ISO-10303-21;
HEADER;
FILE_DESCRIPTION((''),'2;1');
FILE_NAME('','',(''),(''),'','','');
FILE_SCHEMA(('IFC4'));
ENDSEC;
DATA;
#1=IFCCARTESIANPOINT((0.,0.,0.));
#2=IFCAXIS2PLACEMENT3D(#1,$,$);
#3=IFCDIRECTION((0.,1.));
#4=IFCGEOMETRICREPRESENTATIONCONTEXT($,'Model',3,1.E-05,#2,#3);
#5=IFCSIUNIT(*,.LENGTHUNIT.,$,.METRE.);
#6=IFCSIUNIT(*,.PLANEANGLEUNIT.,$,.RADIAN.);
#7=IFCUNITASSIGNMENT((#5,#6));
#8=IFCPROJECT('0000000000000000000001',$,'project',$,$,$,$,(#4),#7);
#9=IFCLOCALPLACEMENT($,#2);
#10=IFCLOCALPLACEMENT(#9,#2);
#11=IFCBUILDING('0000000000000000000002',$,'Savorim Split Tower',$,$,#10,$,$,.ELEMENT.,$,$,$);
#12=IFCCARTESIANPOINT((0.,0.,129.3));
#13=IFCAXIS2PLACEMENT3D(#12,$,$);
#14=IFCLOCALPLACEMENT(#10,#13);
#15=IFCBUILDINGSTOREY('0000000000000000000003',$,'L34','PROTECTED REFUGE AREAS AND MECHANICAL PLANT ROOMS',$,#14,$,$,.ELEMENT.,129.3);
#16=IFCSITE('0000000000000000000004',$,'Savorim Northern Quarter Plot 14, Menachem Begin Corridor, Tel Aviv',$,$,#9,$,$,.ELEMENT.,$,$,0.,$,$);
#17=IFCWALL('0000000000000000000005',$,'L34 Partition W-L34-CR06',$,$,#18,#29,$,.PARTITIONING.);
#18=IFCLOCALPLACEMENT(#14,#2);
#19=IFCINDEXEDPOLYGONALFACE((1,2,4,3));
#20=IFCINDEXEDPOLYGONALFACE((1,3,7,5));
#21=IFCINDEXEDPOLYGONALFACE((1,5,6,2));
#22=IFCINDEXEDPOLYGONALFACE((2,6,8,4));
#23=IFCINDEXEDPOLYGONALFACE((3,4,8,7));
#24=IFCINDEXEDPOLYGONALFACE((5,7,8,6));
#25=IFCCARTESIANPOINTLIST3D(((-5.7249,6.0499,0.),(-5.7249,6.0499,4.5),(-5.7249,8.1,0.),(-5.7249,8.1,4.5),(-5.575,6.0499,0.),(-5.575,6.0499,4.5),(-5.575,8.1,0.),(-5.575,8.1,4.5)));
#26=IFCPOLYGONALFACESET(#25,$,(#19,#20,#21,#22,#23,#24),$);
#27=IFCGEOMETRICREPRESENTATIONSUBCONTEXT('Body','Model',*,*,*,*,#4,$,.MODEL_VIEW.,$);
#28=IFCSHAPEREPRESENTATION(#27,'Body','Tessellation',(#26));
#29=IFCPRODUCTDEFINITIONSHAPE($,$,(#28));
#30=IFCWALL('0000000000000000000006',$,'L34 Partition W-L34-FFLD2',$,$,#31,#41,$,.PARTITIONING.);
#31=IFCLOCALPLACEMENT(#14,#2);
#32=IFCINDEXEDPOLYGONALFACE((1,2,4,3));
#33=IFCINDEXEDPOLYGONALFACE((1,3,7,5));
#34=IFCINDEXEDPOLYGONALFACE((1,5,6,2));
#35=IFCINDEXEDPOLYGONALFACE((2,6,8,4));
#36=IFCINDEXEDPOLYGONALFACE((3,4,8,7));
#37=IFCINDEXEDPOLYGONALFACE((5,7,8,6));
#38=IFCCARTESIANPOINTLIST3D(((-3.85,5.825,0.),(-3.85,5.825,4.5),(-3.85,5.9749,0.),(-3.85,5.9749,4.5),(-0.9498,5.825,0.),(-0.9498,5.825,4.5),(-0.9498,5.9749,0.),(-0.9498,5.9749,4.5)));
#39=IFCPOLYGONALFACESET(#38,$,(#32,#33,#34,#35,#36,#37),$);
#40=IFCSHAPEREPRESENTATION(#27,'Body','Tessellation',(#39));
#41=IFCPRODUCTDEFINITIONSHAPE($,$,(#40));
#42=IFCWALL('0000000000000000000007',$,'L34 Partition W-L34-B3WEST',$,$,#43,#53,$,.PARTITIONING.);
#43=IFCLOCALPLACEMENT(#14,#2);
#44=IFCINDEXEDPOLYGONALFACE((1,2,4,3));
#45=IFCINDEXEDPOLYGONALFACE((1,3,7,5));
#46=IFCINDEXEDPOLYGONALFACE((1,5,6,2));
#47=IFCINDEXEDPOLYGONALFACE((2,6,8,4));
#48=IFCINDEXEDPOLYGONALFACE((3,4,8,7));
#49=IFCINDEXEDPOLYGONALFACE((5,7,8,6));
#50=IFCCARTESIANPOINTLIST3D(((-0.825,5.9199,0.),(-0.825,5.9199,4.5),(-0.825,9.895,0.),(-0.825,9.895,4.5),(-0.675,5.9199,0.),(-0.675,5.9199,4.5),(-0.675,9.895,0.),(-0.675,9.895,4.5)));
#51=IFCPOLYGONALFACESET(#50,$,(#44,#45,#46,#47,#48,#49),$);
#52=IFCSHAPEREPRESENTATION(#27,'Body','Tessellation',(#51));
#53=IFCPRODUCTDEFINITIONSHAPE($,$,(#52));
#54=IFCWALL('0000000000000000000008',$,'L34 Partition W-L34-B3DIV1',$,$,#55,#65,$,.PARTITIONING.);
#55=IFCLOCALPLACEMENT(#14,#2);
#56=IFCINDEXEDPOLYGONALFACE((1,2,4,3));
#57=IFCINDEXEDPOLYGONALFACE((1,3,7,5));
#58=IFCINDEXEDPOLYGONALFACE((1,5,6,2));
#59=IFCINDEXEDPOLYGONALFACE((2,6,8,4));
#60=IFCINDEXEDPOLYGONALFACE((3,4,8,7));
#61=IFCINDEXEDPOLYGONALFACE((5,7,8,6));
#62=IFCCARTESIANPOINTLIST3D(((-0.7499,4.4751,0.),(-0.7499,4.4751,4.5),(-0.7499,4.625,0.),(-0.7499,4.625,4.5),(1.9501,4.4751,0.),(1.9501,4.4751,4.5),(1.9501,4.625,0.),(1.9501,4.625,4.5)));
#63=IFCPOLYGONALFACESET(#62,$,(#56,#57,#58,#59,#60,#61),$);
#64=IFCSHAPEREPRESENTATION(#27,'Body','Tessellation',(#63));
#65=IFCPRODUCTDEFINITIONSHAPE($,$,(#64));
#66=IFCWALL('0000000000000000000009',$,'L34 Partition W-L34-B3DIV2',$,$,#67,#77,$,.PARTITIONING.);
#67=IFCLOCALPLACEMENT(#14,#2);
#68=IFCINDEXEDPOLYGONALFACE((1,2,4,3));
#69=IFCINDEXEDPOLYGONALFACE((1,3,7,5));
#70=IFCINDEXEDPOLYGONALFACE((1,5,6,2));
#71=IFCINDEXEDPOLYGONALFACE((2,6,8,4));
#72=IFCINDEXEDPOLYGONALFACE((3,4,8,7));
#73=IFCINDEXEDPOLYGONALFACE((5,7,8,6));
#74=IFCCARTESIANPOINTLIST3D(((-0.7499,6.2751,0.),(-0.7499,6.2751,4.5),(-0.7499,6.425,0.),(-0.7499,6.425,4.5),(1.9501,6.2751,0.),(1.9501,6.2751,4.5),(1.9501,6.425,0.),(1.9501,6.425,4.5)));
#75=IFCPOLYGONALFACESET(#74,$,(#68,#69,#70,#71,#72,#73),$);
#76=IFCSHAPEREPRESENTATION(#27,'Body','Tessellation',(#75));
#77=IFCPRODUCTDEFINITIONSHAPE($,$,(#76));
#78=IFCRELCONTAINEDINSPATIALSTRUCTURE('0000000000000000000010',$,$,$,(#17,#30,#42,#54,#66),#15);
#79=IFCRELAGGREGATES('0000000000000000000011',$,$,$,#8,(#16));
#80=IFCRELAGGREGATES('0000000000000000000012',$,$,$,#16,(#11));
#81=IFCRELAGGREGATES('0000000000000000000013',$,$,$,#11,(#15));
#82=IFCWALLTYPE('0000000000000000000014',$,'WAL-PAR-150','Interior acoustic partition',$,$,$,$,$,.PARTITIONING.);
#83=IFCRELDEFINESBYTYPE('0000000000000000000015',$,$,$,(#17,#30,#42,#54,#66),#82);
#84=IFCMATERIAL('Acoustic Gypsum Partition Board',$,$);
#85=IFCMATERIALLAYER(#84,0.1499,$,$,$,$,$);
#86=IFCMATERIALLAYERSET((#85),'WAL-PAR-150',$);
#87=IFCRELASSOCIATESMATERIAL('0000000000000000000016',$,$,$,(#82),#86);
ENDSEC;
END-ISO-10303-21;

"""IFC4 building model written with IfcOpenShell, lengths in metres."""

from ifc_helpers import new_model, si_unit, direction, frame, frame_2d, origin, place, context, subcontext, project, spatial, rectangle, extrude, material, layer, layer_set, type_object, element, save


model = new_model("IFC4")

# Units and contexts
model_context = context("Model", 3, precision=1e-05, world=origin(), true_north=direction((0.0, 1.0)))
body_context = subcontext(model_context, "Body", "Model", "MODEL_VIEW")
ifc_project = project(units=[si_unit("LENGTHUNIT", "METRE"), si_unit("PLANEANGLEUNIT", "RADIAN")], contexts=[model_context])

# Site, building, storey
site_placement = place(None, origin())
site = spatial("IfcSite", under=ifc_project, at=site_placement, Name="Savorim Northern Quarter Plot 14, Menachem Begin Corridor, Tel Aviv", CompositionType="ELEMENT", RefElevation=0.0)
building_placement = place(site_placement, origin())
building = spatial("IfcBuilding", under=site, at=building_placement, Name="Savorim Split Tower", CompositionType="ELEMENT")
storey_placement = place(building_placement, frame((0.0, 0.0, 129.3)))
storey = spatial("IfcBuildingStorey", under=building, at=storey_placement, Name="L34", Description="PROTECTED REFUGE AREAS AND MECHANICAL PLANT ROOMS", CompositionType="ELEMENT", Elevation=129.3)

# Walls
ifc_material_1 = material(Name="Acoustic Gypsum Partition Board")
ifc_layer_1 = layer(ifc_material_1, 0.1499)
ifc_layer_set_1 = layer_set([ifc_layer_1], Name="WAL-PAR-150")
wall_type_1 = type_object("IfcWallType", Name="WAL-PAR-150", Description="Interior acoustic partition", PredefinedType="PARTITIONING", material=ifc_layer_set_1)
wall_1_placement = place(storey_placement, frame((-5.6499, 6.05, 0.0), z_axis=(0.0, 0.0, 1.0), x_axis=(0.0, 1.0, 0.0)))
element("IfcWall", 1, at=wall_1_placement, inside=storey, type_object=wall_type_1, Name="L34 Partition W-L34-CR06", PredefinedType="PARTITIONING", context=body_context, shape_type="SweptSolid", body=[
    extrude(rectangle(XDim=2.05, YDim=0.1499, at=frame_2d((1.0249, 0.0))), origin(), (0.0, 0.0, 1.0), 4.5),
])
wall_2_placement = place(storey_placement, frame((-3.8501, 5.8999, 0.0), z_axis=(0.0, 0.0, 1.0), x_axis=(1.0, 0.0, 0.0)))
element("IfcWall", 2, at=wall_2_placement, inside=storey, type_object=wall_type_1, Name="L34 Partition W-L34-FFLD2", PredefinedType="PARTITIONING", context=body_context, shape_type="SweptSolid", body=[
    extrude(rectangle(XDim=2.9001, YDim=0.1499, at=frame_2d((1.4502, 0.0))), origin(), (0.0, 0.0, 1.0), 4.5),
])
wall_3_placement = place(storey_placement, frame((-0.75, 5.9199, 0.0), z_axis=(0.0, 0.0, 1.0), x_axis=(0.0, 1.0, 0.0)))
element("IfcWall", 3, at=wall_3_placement, inside=storey, type_object=wall_type_1, Name="L34 Partition W-L34-B3WEST", PredefinedType="PARTITIONING", context=body_context, shape_type="SweptSolid", body=[
    extrude(rectangle(XDim=3.9751, YDim=0.1499, at=frame_2d((1.9875, 0.0))), origin(), (0.0, 0.0, 1.0), 4.5),
])
for number, where, z_axis, x_axis, name in (
    (4, (-0.75, 4.55, 0.0), (0.0, 0.0, 1.0), (1.0, 0.0, 0.0), "L34 Partition W-L34-B3DIV1"),
    (5, (-0.75, 6.3501, 0.0), (0.0, 0.0, 1.0), (1.0, 0.0, 0.0), "L34 Partition W-L34-B3DIV2"),
):
    element("IfcWall", number, at=place(storey_placement, frame(where, z_axis=z_axis, x_axis=x_axis)), inside=storey, type_object=wall_type_1, Name=name, PredefinedType="PARTITIONING", context=body_context, shape_type="SweptSolid", body=[
        extrude(rectangle(XDim=2.7, YDim=0.1499, at=frame_2d((1.3501, 0.0))), origin(), (0.0, 0.0, 1.0), 4.5),
    ])

save(model, "model.ifc")
